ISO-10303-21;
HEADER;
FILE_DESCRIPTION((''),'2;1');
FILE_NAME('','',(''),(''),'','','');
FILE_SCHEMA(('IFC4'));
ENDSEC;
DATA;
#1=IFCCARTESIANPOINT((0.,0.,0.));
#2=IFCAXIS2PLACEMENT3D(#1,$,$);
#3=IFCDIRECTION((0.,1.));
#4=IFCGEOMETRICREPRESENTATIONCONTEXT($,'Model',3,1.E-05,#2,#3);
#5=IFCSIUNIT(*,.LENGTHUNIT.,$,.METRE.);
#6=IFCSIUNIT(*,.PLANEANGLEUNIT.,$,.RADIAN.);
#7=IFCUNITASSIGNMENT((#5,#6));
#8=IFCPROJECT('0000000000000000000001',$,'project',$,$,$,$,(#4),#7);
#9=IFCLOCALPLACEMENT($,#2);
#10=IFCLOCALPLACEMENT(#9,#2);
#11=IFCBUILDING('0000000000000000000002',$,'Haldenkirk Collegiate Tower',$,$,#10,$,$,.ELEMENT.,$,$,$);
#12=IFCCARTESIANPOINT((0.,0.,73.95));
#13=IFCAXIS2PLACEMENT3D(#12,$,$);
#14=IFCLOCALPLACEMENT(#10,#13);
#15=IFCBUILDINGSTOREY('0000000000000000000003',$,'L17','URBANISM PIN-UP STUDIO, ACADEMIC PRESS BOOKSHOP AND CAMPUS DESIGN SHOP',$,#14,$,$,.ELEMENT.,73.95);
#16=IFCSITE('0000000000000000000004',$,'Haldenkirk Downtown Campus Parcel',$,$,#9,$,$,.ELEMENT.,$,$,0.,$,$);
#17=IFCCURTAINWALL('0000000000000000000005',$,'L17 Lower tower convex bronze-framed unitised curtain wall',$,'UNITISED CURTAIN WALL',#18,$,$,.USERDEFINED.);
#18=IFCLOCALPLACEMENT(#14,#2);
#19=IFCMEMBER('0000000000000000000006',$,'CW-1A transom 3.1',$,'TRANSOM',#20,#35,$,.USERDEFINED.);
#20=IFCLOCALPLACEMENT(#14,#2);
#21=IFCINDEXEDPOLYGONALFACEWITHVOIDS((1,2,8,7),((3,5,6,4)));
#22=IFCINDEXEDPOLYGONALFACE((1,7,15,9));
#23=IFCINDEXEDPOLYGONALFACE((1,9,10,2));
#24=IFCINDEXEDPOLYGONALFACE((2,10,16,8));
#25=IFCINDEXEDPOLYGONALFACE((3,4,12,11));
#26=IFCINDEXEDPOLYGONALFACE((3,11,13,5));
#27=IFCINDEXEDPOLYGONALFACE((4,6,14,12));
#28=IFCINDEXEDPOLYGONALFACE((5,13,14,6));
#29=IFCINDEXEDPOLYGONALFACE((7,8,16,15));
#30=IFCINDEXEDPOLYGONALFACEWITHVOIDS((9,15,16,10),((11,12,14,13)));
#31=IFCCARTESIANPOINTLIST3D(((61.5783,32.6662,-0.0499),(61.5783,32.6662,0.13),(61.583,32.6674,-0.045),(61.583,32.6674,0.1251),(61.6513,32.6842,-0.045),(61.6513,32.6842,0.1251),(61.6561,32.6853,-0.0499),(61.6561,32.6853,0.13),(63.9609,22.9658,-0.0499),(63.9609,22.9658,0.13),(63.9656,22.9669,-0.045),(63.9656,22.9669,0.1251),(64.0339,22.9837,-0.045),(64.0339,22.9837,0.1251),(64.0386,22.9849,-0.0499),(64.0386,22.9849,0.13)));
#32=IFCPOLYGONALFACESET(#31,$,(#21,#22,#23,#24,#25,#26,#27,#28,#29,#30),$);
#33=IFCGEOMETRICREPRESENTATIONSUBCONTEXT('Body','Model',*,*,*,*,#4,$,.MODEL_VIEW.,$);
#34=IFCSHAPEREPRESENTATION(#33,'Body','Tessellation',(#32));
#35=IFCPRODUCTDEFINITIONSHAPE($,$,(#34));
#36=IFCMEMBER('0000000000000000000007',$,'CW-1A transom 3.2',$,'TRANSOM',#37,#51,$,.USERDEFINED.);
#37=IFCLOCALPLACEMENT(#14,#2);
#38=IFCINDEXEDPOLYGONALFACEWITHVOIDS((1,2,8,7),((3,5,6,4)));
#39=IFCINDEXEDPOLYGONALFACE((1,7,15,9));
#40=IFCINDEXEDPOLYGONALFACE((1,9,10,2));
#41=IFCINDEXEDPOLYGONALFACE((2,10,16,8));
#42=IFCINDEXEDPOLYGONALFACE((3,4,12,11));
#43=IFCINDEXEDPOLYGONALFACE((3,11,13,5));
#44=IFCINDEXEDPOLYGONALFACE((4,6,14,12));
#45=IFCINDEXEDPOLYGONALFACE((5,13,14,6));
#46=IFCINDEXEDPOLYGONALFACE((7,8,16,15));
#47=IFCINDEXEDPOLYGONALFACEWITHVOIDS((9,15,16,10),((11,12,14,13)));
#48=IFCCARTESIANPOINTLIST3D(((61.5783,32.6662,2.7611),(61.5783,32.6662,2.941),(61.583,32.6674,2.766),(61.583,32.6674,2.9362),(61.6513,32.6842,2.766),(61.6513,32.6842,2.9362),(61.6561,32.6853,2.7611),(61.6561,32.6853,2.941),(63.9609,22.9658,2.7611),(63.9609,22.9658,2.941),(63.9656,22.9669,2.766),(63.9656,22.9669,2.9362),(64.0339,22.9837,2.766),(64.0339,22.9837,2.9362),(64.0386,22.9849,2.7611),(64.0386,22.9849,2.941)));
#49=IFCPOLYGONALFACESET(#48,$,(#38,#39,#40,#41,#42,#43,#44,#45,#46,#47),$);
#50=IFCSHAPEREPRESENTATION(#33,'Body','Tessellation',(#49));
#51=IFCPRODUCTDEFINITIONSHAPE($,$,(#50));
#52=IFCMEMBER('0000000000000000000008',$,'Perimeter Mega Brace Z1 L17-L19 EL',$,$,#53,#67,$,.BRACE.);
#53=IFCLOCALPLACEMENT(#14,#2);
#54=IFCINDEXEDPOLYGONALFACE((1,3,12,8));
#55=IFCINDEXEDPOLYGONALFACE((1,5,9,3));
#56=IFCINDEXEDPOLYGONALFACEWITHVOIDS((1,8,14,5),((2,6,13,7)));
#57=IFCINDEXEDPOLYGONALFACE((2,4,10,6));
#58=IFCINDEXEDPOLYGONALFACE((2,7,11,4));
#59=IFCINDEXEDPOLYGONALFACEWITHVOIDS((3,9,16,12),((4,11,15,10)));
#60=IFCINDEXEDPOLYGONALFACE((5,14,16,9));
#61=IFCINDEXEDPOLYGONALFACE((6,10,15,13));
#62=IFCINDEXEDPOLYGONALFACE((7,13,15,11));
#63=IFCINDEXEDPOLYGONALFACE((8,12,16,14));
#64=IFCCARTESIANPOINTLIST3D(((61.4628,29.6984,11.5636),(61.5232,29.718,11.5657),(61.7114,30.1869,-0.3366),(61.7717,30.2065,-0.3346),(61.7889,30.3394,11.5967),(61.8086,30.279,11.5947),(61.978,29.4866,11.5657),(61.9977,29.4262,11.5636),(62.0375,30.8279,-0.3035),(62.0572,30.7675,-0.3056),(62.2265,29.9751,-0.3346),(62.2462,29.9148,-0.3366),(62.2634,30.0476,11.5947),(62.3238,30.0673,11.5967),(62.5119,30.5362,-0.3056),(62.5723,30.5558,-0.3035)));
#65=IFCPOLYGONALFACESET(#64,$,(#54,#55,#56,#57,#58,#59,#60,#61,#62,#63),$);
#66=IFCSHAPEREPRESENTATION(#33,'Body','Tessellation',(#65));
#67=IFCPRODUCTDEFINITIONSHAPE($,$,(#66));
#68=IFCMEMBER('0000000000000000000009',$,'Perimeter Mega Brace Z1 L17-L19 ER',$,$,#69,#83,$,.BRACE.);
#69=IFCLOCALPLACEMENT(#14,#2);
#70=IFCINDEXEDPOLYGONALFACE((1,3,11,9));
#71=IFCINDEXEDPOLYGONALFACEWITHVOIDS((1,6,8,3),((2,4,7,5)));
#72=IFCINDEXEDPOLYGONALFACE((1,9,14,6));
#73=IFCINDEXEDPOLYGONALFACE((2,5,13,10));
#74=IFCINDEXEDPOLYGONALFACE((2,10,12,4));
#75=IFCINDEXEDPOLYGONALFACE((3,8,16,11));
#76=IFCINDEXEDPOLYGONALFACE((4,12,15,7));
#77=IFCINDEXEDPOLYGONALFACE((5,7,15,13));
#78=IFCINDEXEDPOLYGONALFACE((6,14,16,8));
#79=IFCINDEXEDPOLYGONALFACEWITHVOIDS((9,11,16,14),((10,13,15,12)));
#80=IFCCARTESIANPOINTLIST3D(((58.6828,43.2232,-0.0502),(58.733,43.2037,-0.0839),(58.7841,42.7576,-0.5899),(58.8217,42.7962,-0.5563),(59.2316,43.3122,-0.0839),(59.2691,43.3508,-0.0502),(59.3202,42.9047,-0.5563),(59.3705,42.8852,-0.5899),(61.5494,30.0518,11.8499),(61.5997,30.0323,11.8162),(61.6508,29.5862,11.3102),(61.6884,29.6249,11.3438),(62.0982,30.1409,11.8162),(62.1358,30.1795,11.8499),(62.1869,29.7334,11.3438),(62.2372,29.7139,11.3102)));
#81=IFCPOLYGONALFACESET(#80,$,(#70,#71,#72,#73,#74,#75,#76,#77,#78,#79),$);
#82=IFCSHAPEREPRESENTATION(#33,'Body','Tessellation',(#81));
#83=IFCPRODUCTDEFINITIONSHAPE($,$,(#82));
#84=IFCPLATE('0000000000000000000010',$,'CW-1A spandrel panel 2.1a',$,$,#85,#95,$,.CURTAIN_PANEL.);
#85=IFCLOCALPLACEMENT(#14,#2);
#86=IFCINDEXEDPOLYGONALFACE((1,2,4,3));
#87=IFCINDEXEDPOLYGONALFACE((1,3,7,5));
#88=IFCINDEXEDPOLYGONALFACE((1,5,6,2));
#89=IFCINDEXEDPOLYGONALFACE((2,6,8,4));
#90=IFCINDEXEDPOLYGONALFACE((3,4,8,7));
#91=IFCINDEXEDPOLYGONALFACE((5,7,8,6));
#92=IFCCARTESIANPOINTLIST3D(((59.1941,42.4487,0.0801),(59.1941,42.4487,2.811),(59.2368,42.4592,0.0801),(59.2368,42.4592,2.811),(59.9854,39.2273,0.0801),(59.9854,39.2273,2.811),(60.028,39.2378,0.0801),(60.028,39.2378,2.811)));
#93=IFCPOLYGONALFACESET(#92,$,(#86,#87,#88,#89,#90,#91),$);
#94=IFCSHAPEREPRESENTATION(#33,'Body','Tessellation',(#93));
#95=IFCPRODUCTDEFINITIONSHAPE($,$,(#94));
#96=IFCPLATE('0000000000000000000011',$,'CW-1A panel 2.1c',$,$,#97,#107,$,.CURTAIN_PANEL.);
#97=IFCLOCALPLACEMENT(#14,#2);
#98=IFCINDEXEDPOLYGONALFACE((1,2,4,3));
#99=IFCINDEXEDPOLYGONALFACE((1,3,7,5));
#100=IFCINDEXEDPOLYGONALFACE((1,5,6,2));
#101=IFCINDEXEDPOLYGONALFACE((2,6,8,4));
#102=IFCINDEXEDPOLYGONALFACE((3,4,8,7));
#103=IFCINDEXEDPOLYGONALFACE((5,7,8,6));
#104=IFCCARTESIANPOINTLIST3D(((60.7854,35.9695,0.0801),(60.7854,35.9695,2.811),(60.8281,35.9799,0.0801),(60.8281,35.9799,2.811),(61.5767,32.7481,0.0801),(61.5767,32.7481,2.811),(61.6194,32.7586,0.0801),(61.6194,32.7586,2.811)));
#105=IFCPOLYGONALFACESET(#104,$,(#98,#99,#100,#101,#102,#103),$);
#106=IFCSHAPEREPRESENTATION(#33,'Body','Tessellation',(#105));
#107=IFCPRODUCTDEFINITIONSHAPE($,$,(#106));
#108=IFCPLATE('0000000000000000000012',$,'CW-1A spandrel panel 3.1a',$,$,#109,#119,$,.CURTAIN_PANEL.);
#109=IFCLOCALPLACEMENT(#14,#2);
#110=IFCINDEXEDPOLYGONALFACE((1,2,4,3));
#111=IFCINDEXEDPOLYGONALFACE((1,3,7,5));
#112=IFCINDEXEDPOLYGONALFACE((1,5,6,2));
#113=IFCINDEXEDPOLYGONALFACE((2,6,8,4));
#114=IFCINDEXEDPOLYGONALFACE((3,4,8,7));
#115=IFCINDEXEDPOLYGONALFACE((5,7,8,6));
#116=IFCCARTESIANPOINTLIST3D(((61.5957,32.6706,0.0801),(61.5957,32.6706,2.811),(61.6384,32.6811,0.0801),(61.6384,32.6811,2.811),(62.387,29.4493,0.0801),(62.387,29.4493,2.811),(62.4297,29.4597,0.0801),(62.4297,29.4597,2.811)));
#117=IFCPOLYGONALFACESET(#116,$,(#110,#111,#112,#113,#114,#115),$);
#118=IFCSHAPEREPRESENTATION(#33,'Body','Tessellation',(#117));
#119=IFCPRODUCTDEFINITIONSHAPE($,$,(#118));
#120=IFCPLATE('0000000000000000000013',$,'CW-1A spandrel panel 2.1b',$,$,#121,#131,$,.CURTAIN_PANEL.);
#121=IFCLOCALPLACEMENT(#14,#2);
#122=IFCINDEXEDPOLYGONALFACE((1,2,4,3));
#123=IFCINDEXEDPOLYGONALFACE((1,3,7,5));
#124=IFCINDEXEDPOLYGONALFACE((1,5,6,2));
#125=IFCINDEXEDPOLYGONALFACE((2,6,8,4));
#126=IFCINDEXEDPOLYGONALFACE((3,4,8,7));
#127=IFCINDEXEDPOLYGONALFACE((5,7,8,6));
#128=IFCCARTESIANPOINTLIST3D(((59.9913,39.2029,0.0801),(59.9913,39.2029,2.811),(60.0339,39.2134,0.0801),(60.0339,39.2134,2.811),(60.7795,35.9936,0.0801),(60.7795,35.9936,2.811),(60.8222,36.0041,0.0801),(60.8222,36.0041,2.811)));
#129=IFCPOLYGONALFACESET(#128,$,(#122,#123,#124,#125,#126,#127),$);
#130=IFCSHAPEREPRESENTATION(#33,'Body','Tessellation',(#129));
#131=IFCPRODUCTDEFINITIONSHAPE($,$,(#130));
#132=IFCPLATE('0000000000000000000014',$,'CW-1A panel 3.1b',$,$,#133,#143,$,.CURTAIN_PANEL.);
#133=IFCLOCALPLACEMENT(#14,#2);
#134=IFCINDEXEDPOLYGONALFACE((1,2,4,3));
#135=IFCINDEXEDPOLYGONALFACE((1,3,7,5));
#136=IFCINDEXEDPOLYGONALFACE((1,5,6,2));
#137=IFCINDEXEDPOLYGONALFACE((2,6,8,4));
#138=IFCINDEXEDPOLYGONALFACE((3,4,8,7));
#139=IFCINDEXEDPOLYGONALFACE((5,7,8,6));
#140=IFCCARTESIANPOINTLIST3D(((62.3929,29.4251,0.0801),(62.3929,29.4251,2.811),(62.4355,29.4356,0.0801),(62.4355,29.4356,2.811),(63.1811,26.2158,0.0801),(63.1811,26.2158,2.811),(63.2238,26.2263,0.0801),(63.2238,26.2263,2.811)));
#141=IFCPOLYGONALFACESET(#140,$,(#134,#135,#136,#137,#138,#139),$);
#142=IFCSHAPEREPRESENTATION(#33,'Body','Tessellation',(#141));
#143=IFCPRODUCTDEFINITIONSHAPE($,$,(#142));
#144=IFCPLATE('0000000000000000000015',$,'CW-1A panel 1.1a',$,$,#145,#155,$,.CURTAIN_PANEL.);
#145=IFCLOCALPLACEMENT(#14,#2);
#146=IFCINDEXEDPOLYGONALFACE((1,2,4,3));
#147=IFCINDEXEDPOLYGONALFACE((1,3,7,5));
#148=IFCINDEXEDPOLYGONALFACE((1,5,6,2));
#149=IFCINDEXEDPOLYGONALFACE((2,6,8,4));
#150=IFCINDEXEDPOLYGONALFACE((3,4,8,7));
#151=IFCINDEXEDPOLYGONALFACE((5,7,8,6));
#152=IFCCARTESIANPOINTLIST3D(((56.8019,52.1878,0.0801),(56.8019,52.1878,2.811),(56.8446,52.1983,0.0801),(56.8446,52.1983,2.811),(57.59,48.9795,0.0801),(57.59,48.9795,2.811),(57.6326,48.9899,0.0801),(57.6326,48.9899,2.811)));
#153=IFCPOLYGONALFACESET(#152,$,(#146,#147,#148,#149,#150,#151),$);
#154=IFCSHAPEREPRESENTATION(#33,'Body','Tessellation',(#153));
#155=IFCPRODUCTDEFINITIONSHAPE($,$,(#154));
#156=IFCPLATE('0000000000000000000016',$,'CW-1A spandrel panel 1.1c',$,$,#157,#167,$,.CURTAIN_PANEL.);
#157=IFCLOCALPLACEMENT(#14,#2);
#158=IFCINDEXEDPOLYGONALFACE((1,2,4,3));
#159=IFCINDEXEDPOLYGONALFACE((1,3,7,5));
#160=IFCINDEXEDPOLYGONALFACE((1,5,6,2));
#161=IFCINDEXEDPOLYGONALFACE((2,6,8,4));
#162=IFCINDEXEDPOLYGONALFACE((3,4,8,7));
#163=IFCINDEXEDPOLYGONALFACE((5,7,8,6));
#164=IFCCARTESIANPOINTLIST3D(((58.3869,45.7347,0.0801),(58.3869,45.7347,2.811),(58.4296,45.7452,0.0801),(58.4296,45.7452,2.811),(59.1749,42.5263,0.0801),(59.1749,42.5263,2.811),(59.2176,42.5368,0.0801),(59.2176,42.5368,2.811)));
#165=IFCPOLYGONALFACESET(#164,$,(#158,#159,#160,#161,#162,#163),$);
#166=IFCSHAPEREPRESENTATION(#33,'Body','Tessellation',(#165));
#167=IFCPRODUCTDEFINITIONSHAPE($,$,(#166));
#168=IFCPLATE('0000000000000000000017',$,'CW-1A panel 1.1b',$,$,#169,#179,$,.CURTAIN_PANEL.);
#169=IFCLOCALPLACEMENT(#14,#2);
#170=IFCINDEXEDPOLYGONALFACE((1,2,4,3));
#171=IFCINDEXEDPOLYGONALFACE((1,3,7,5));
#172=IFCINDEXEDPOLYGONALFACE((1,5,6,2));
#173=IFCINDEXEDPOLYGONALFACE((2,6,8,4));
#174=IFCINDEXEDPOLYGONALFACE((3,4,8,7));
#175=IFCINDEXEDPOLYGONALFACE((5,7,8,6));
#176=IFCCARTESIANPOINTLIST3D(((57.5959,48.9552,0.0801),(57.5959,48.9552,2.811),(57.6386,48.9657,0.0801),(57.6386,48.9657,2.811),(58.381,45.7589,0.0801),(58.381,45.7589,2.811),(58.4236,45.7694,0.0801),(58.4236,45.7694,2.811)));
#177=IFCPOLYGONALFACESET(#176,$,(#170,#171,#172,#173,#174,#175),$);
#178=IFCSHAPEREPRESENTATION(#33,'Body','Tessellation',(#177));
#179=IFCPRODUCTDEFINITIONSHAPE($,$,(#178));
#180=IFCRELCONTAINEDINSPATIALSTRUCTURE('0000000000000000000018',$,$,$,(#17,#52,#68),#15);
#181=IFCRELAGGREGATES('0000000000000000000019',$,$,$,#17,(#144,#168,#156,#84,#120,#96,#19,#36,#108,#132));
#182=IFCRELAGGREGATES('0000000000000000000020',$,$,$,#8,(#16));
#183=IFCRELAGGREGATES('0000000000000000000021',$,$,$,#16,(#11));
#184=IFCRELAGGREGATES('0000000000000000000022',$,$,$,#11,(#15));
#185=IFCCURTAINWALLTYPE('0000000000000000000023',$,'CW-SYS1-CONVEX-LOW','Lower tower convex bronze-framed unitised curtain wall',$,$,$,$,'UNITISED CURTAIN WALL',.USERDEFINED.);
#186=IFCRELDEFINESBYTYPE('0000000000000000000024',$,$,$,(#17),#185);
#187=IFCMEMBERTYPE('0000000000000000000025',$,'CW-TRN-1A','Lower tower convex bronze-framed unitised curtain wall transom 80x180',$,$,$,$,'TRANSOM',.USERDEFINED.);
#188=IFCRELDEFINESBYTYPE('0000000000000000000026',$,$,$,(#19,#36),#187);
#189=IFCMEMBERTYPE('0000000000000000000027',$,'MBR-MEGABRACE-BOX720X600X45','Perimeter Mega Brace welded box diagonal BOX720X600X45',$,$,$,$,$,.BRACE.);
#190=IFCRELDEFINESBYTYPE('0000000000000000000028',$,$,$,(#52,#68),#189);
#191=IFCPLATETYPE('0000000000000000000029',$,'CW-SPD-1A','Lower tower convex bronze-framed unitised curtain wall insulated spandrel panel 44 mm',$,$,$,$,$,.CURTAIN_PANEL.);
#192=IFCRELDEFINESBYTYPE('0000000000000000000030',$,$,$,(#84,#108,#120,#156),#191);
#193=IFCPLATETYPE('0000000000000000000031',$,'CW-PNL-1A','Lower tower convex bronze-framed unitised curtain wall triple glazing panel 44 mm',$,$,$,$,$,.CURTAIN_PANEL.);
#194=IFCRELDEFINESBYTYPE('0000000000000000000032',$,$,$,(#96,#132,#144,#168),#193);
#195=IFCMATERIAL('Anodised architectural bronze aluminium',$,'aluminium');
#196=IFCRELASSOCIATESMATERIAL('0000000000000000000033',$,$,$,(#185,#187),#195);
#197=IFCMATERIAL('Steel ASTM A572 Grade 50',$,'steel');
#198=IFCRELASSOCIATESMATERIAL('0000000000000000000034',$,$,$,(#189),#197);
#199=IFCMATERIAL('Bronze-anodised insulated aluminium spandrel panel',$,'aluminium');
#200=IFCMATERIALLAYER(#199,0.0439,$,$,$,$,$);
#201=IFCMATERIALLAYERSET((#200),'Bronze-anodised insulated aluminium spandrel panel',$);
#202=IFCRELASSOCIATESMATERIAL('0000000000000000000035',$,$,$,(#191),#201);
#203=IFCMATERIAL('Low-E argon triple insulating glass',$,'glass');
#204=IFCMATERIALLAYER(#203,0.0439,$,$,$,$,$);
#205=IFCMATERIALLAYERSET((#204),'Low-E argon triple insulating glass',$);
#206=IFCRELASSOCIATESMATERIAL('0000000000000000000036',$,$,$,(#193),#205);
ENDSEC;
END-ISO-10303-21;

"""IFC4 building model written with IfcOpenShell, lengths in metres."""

from ifc_helpers import new_model, si_unit, direction, frame, origin, origin_2d, place, context, subcontext, project, spatial, rectangle, hollow_rectangle, extrude, source, transform, mapped, material, layer, layer_set, material_profile, profile_set, type_object, element, aggregate, save


model = new_model("IFC4")

# Units and contexts
model_context = context("Model", 3, precision=1e-05, world=origin(), true_north=direction((0.0, 1.0)))
body_context = subcontext(model_context, "Body", "Model", "MODEL_VIEW")
ifc_project = project(units=[si_unit("LENGTHUNIT", "METRE"), si_unit("PLANEANGLEUNIT", "RADIAN")], contexts=[model_context])

# Site, building, storey
site_placement = place(None, origin())
site = spatial("IfcSite", under=ifc_project, at=site_placement, Name="Haldenkirk Downtown Campus Parcel", CompositionType="ELEMENT", RefElevation=0.0)
building_placement = place(site_placement, origin())
building = spatial("IfcBuilding", under=site, at=building_placement, Name="Haldenkirk Collegiate Tower", CompositionType="ELEMENT")
storey_placement = place(building_placement, frame((0.0, 0.0, 73.95)))
storey = spatial("IfcBuildingStorey", under=building, at=storey_placement, Name="L17", Description="URBANISM PIN-UP STUDIO, ACADEMIC PRESS BOOKSHOP AND CAMPUS DESIGN SHOP", CompositionType="ELEMENT", Elevation=73.95)

# Shared definitions
ifc_material_1 = material(Name="Steel ASTM A572 Grade 50", Category="steel")

# Curtain wall
ifc_material_2 = material(Name="Anodised architectural bronze aluminium", Category="aluminium")
curtain_wall_type = type_object("IfcCurtainWallType", Name="CW-SYS1-CONVEX-LOW", Description="Lower tower convex bronze-framed unitised curtain wall", ElementType="UNITISED CURTAIN WALL", PredefinedType="USERDEFINED", material=ifc_material_2)
curtain_wall_1_placement = place(storey_placement, origin())
curtain_wall_1 = element("IfcCurtainWall", 1, at=curtain_wall_1_placement, inside=storey, type_object=curtain_wall_type, Name="L17 Lower tower convex bronze-framed unitised curtain wall", ObjectType="UNITISED CURTAIN WALL", PredefinedType="USERDEFINED")

# Members
ifc_material_profile_1 = material_profile(ifc_material_2, hollow_rectangle(XDim=0.0801, YDim=0.1799, WallThickness=0.0049, at=origin_2d()), Name="CW-TRN-1A")
ifc_profile_set_1 = profile_set([ifc_material_profile_1], Name="Anodised architectural bronze aluminium")
member_type_1 = type_object("IfcMemberType", Name="CW-TRN-1A", Description="Lower tower convex bronze-framed unitised curtain wall transom 80x180", ElementType="TRANSOM", PredefinedType="USERDEFINED", material=ifc_profile_set_1)
member_1_placement = place(storey_placement, frame((61.6172, 32.6758, 0.04), z_axis=(0.238525, -0.971136, 0.0), x_axis=(0.971136, 0.238525, 0.0)))
member_1 = element("IfcMember", 2, at=member_1_placement, type_object=member_type_1, Name="CW-1A transom 3.1", ObjectType="TRANSOM", PredefinedType="USERDEFINED", context=body_context, shape_type="SweptSolid", body=[
    extrude(hollow_rectangle(XDim=0.0801, YDim=0.1799, WallThickness=0.0049, at=origin_2d()), origin(), (0.0, 0.0, 1.0), 9.9888),
])
member_2_placement = place(storey_placement, frame((61.6172, 32.6758, 2.8511), z_axis=(0.238525, -0.971136, 0.0), x_axis=(0.971136, 0.238525, 0.0)))
member_2 = element("IfcMember", 3, at=member_2_placement, type_object=member_type_1, Name="CW-1A transom 3.2", ObjectType="TRANSOM", PredefinedType="USERDEFINED", context=body_context, shape_type="SweptSolid", body=[
    extrude(hollow_rectangle(XDim=0.0801, YDim=0.1799, WallThickness=0.0049, at=origin_2d()), origin(), (0.0, 0.0, 1.0), 9.9888),
])

# Members
ifc_material_profile_2 = material_profile(ifc_material_1, hollow_rectangle(XDim=0.6001, YDim=0.72, WallThickness=0.0449, at=origin_2d()), Name="BOX720X600X45")
ifc_profile_set_2 = profile_set([ifc_material_profile_2], Name="Steel ASTM A572 Grade 50")
member_type_2 = type_object("IfcMemberType", Name="MBR-MEGABRACE-BOX720X600X45", Description="Perimeter Mega Brace welded box diagonal BOX720X600X45", PredefinedType="BRACE", material=ifc_profile_set_2)
member_3_placement = place(storey_placement, frame((62.1418, 30.3713, -0.3201), z_axis=(-0.020863, -0.041009, 0.998941), x_axis=(0.891288, -0.453439, 0.0)))
element("IfcMember", 4, at=member_3_placement, inside=storey, type_object=member_type_2, Name="Perimeter Mega Brace Z1 L17-L19 EL", PredefinedType="BRACE", context=body_context, shape_type="SweptSolid", body=[
    extrude(hollow_rectangle(XDim=0.6001, YDim=0.72, WallThickness=0.0449, at=origin_2d()), origin(), (0.0, 0.0, 1.0), 11.9128),
])
member_4_placement = place(storey_placement, frame((59.0266, 43.0542, -0.3201), z_axis=(0.159429, -0.732516, 0.661817), x_axis=(0.977125, 0.212667, 0.0)))
element("IfcMember", 5, at=member_4_placement, inside=storey, type_object=member_type_2, Name="Perimeter Mega Brace Z1 L17-L19 ER", PredefinedType="BRACE", context=body_context, shape_type="SweptSolid", body=[
    extrude(hollow_rectangle(XDim=0.6001, YDim=0.72, WallThickness=0.0449, at=origin_2d()), origin(), (0.0, 0.0, 1.0), 17.981),
])

# Plates
ifc_material_3 = material(Name="Bronze-anodised insulated aluminium spandrel panel", Category="aluminium")
ifc_layer_1 = layer(ifc_material_3, 0.0439)
ifc_layer_set_1 = layer_set([ifc_layer_1], Name="Bronze-anodised insulated aluminium spandrel panel")
plate_type_1 = type_object("IfcPlateType", Name="CW-SPD-1A", Description="Lower tower convex bronze-framed unitised curtain wall insulated spandrel panel 44 mm", PredefinedType="CURTAIN_PANEL", material=ifc_layer_set_1)
shared_shape_1 = source(origin(), body_context, "Body", "SweptSolid", [
    extrude(rectangle(XDim=3.3171, YDim=0.0439, at=origin_2d()), origin(), (0.0, 0.0, 1.0), 2.731),
])
plate_1_placement = place(storey_placement, frame((59.6111, 40.8433, 0.0801), z_axis=(0.0, 0.0, 1.0), x_axis=(0.238533, -0.971134, 0.0)))
plate_1 = element("IfcPlate", 6, at=plate_1_placement, type_object=plate_type_1, Name="CW-1A spandrel panel 2.1a", PredefinedType="CURTAIN_PANEL", context=body_context, shape_type="MappedRepresentation", body=[
    mapped(shared_shape_1, transform((0.0, 0.0, 0.0), x_axis=(1.0, 0.0, 0.0), y_axis=(0.0, 1.0, 0.0), z_axis=(0.0, 0.0, 1.0), scale=1.0)),
])
ifc_material_4 = material(Name="Low-E argon triple insulating glass", Category="glass")
ifc_layer_2 = layer(ifc_material_4, 0.0439)
ifc_layer_set_2 = layer_set([ifc_layer_2], Name="Low-E argon triple insulating glass")
plate_type_2 = type_object("IfcPlateType", Name="CW-PNL-1A", Description="Lower tower convex bronze-framed unitised curtain wall triple glazing panel 44 mm", PredefinedType="CURTAIN_PANEL", material=ifc_layer_set_2)
plate_2_placement = place(storey_placement, frame((61.2024, 34.364, 0.0801), z_axis=(0.0, 0.0, 1.0), x_axis=(0.238533, -0.971134, 0.0)))
plate_2 = element("IfcPlate", 7, at=plate_2_placement, type_object=plate_type_2, Name="CW-1A panel 2.1c", PredefinedType="CURTAIN_PANEL", context=body_context, shape_type="MappedRepresentation", body=[
    mapped(shared_shape_1, transform((0.0, 0.0, 0.0), x_axis=(1.0, 0.0, 0.0), y_axis=(0.0, 1.0, 0.0), z_axis=(0.0, 0.0, 1.0), scale=1.0)),
])
plate_3_placement = place(storey_placement, frame((62.0127, 31.0652, 0.0801), z_axis=(0.0, 0.0, 1.0), x_axis=(0.238533, -0.971134, 0.0)))
plate_3 = element("IfcPlate", 8, at=plate_3_placement, type_object=plate_type_1, Name="CW-1A spandrel panel 3.1a", PredefinedType="CURTAIN_PANEL", context=body_context, shape_type="MappedRepresentation", body=[
    mapped(shared_shape_1, transform((0.0, 0.0, 0.0), x_axis=(1.0, 0.0, 0.0), y_axis=(0.0, 1.0, 0.0), z_axis=(0.0, 0.0, 1.0), scale=1.0)),
])
shared_shape_2 = source(origin(), body_context, "Body", "SweptSolid", [
    extrude(rectangle(XDim=3.3047, YDim=0.0439, at=origin_2d()), origin(), (0.0, 0.0, 1.0), 2.731),
])
plate_4_placement = place(storey_placement, frame((60.4067, 37.6035, 0.0801), z_axis=(0.0, 0.0, 1.0), x_axis=(0.238533, -0.971134, 0.0)))
plate_4 = element("IfcPlate", 9, at=plate_4_placement, type_object=plate_type_1, Name="CW-1A spandrel panel 2.1b", PredefinedType="CURTAIN_PANEL", context=body_context, shape_type="MappedRepresentation", body=[
    mapped(shared_shape_2, transform((0.0, 0.0, 0.0), x_axis=(1.0, 0.0, 0.0), y_axis=(0.0, 1.0, 0.0), z_axis=(0.0, 0.0, 1.0), scale=1.0)),
])
plate_5_placement = place(storey_placement, frame((62.8083, 27.8257, 0.0801), z_axis=(0.0, 0.0, 1.0), x_axis=(0.238533, -0.971134, 0.0)))
plate_5 = element("IfcPlate", 10, at=plate_5_placement, type_object=plate_type_2, Name="CW-1A panel 3.1b", PredefinedType="CURTAIN_PANEL", context=body_context, shape_type="MappedRepresentation", body=[
    mapped(shared_shape_2, transform((0.0, 0.0, 0.0), x_axis=(1.0, 0.0, 0.0), y_axis=(0.0, 1.0, 0.0), z_axis=(0.0, 0.0, 1.0), scale=1.0)),
])
shared_shape_3 = source(origin(), body_context, "Body", "SweptSolid", [
    extrude(rectangle(XDim=3.3037, YDim=0.0439, at=origin_2d()), origin(), (0.0, 0.0, 1.0), 2.731),
])
plate_6_placement = place(storey_placement, frame((57.2173, 50.5889, 0.0801), z_axis=(0.0, 0.0, 1.0), x_axis=(0.238533, -0.971134, 0.0)))
plate_6 = element("IfcPlate", 11, at=plate_6_placement, type_object=plate_type_2, Name="CW-1A panel 1.1a", PredefinedType="CURTAIN_PANEL", context=body_context, shape_type="MappedRepresentation", body=[
    mapped(shared_shape_3, transform((0.0, 0.0, 0.0), x_axis=(1.0, 0.0, 0.0), y_axis=(0.0, 1.0, 0.0), z_axis=(0.0, 0.0, 1.0), scale=1.0)),
])
plate_7_placement = place(storey_placement, frame((58.8022, 44.1357, 0.0801), z_axis=(0.0, 0.0, 1.0), x_axis=(0.238533, -0.971134, 0.0)))
plate_7 = element("IfcPlate", 12, at=plate_7_placement, type_object=plate_type_1, Name="CW-1A spandrel panel 1.1c", PredefinedType="CURTAIN_PANEL", context=body_context, shape_type="MappedRepresentation", body=[
    mapped(shared_shape_3, transform((0.0, 0.0, 0.0), x_axis=(1.0, 0.0, 0.0), y_axis=(0.0, 1.0, 0.0), z_axis=(0.0, 0.0, 1.0), scale=1.0)),
])
shared_shape_4 = source(origin(), body_context, "Body", "SweptSolid", [
    extrude(rectangle(XDim=3.2913, YDim=0.0439, at=origin_2d()), origin(), (0.0, 0.0, 1.0), 2.731),
])
plate_8_placement = place(storey_placement, frame((58.0098, 47.3623, 0.0801), z_axis=(0.0, 0.0, 1.0), x_axis=(0.238533, -0.971134, 0.0)))
plate_8 = element("IfcPlate", 13, at=plate_8_placement, type_object=plate_type_2, Name="CW-1A panel 1.1b", PredefinedType="CURTAIN_PANEL", context=body_context, shape_type="MappedRepresentation", body=[
    mapped(shared_shape_4, transform((0.0, 0.0, 0.0), x_axis=(1.0, 0.0, 0.0), y_axis=(0.0, 1.0, 0.0), z_axis=(0.0, 0.0, 1.0), scale=1.0)),
])
aggregate(curtain_wall_1, [plate_6, plate_8, plate_7, plate_1, plate_4, plate_2, member_1, member_2, plate_3, plate_5])

save(model, "model.ifc")
